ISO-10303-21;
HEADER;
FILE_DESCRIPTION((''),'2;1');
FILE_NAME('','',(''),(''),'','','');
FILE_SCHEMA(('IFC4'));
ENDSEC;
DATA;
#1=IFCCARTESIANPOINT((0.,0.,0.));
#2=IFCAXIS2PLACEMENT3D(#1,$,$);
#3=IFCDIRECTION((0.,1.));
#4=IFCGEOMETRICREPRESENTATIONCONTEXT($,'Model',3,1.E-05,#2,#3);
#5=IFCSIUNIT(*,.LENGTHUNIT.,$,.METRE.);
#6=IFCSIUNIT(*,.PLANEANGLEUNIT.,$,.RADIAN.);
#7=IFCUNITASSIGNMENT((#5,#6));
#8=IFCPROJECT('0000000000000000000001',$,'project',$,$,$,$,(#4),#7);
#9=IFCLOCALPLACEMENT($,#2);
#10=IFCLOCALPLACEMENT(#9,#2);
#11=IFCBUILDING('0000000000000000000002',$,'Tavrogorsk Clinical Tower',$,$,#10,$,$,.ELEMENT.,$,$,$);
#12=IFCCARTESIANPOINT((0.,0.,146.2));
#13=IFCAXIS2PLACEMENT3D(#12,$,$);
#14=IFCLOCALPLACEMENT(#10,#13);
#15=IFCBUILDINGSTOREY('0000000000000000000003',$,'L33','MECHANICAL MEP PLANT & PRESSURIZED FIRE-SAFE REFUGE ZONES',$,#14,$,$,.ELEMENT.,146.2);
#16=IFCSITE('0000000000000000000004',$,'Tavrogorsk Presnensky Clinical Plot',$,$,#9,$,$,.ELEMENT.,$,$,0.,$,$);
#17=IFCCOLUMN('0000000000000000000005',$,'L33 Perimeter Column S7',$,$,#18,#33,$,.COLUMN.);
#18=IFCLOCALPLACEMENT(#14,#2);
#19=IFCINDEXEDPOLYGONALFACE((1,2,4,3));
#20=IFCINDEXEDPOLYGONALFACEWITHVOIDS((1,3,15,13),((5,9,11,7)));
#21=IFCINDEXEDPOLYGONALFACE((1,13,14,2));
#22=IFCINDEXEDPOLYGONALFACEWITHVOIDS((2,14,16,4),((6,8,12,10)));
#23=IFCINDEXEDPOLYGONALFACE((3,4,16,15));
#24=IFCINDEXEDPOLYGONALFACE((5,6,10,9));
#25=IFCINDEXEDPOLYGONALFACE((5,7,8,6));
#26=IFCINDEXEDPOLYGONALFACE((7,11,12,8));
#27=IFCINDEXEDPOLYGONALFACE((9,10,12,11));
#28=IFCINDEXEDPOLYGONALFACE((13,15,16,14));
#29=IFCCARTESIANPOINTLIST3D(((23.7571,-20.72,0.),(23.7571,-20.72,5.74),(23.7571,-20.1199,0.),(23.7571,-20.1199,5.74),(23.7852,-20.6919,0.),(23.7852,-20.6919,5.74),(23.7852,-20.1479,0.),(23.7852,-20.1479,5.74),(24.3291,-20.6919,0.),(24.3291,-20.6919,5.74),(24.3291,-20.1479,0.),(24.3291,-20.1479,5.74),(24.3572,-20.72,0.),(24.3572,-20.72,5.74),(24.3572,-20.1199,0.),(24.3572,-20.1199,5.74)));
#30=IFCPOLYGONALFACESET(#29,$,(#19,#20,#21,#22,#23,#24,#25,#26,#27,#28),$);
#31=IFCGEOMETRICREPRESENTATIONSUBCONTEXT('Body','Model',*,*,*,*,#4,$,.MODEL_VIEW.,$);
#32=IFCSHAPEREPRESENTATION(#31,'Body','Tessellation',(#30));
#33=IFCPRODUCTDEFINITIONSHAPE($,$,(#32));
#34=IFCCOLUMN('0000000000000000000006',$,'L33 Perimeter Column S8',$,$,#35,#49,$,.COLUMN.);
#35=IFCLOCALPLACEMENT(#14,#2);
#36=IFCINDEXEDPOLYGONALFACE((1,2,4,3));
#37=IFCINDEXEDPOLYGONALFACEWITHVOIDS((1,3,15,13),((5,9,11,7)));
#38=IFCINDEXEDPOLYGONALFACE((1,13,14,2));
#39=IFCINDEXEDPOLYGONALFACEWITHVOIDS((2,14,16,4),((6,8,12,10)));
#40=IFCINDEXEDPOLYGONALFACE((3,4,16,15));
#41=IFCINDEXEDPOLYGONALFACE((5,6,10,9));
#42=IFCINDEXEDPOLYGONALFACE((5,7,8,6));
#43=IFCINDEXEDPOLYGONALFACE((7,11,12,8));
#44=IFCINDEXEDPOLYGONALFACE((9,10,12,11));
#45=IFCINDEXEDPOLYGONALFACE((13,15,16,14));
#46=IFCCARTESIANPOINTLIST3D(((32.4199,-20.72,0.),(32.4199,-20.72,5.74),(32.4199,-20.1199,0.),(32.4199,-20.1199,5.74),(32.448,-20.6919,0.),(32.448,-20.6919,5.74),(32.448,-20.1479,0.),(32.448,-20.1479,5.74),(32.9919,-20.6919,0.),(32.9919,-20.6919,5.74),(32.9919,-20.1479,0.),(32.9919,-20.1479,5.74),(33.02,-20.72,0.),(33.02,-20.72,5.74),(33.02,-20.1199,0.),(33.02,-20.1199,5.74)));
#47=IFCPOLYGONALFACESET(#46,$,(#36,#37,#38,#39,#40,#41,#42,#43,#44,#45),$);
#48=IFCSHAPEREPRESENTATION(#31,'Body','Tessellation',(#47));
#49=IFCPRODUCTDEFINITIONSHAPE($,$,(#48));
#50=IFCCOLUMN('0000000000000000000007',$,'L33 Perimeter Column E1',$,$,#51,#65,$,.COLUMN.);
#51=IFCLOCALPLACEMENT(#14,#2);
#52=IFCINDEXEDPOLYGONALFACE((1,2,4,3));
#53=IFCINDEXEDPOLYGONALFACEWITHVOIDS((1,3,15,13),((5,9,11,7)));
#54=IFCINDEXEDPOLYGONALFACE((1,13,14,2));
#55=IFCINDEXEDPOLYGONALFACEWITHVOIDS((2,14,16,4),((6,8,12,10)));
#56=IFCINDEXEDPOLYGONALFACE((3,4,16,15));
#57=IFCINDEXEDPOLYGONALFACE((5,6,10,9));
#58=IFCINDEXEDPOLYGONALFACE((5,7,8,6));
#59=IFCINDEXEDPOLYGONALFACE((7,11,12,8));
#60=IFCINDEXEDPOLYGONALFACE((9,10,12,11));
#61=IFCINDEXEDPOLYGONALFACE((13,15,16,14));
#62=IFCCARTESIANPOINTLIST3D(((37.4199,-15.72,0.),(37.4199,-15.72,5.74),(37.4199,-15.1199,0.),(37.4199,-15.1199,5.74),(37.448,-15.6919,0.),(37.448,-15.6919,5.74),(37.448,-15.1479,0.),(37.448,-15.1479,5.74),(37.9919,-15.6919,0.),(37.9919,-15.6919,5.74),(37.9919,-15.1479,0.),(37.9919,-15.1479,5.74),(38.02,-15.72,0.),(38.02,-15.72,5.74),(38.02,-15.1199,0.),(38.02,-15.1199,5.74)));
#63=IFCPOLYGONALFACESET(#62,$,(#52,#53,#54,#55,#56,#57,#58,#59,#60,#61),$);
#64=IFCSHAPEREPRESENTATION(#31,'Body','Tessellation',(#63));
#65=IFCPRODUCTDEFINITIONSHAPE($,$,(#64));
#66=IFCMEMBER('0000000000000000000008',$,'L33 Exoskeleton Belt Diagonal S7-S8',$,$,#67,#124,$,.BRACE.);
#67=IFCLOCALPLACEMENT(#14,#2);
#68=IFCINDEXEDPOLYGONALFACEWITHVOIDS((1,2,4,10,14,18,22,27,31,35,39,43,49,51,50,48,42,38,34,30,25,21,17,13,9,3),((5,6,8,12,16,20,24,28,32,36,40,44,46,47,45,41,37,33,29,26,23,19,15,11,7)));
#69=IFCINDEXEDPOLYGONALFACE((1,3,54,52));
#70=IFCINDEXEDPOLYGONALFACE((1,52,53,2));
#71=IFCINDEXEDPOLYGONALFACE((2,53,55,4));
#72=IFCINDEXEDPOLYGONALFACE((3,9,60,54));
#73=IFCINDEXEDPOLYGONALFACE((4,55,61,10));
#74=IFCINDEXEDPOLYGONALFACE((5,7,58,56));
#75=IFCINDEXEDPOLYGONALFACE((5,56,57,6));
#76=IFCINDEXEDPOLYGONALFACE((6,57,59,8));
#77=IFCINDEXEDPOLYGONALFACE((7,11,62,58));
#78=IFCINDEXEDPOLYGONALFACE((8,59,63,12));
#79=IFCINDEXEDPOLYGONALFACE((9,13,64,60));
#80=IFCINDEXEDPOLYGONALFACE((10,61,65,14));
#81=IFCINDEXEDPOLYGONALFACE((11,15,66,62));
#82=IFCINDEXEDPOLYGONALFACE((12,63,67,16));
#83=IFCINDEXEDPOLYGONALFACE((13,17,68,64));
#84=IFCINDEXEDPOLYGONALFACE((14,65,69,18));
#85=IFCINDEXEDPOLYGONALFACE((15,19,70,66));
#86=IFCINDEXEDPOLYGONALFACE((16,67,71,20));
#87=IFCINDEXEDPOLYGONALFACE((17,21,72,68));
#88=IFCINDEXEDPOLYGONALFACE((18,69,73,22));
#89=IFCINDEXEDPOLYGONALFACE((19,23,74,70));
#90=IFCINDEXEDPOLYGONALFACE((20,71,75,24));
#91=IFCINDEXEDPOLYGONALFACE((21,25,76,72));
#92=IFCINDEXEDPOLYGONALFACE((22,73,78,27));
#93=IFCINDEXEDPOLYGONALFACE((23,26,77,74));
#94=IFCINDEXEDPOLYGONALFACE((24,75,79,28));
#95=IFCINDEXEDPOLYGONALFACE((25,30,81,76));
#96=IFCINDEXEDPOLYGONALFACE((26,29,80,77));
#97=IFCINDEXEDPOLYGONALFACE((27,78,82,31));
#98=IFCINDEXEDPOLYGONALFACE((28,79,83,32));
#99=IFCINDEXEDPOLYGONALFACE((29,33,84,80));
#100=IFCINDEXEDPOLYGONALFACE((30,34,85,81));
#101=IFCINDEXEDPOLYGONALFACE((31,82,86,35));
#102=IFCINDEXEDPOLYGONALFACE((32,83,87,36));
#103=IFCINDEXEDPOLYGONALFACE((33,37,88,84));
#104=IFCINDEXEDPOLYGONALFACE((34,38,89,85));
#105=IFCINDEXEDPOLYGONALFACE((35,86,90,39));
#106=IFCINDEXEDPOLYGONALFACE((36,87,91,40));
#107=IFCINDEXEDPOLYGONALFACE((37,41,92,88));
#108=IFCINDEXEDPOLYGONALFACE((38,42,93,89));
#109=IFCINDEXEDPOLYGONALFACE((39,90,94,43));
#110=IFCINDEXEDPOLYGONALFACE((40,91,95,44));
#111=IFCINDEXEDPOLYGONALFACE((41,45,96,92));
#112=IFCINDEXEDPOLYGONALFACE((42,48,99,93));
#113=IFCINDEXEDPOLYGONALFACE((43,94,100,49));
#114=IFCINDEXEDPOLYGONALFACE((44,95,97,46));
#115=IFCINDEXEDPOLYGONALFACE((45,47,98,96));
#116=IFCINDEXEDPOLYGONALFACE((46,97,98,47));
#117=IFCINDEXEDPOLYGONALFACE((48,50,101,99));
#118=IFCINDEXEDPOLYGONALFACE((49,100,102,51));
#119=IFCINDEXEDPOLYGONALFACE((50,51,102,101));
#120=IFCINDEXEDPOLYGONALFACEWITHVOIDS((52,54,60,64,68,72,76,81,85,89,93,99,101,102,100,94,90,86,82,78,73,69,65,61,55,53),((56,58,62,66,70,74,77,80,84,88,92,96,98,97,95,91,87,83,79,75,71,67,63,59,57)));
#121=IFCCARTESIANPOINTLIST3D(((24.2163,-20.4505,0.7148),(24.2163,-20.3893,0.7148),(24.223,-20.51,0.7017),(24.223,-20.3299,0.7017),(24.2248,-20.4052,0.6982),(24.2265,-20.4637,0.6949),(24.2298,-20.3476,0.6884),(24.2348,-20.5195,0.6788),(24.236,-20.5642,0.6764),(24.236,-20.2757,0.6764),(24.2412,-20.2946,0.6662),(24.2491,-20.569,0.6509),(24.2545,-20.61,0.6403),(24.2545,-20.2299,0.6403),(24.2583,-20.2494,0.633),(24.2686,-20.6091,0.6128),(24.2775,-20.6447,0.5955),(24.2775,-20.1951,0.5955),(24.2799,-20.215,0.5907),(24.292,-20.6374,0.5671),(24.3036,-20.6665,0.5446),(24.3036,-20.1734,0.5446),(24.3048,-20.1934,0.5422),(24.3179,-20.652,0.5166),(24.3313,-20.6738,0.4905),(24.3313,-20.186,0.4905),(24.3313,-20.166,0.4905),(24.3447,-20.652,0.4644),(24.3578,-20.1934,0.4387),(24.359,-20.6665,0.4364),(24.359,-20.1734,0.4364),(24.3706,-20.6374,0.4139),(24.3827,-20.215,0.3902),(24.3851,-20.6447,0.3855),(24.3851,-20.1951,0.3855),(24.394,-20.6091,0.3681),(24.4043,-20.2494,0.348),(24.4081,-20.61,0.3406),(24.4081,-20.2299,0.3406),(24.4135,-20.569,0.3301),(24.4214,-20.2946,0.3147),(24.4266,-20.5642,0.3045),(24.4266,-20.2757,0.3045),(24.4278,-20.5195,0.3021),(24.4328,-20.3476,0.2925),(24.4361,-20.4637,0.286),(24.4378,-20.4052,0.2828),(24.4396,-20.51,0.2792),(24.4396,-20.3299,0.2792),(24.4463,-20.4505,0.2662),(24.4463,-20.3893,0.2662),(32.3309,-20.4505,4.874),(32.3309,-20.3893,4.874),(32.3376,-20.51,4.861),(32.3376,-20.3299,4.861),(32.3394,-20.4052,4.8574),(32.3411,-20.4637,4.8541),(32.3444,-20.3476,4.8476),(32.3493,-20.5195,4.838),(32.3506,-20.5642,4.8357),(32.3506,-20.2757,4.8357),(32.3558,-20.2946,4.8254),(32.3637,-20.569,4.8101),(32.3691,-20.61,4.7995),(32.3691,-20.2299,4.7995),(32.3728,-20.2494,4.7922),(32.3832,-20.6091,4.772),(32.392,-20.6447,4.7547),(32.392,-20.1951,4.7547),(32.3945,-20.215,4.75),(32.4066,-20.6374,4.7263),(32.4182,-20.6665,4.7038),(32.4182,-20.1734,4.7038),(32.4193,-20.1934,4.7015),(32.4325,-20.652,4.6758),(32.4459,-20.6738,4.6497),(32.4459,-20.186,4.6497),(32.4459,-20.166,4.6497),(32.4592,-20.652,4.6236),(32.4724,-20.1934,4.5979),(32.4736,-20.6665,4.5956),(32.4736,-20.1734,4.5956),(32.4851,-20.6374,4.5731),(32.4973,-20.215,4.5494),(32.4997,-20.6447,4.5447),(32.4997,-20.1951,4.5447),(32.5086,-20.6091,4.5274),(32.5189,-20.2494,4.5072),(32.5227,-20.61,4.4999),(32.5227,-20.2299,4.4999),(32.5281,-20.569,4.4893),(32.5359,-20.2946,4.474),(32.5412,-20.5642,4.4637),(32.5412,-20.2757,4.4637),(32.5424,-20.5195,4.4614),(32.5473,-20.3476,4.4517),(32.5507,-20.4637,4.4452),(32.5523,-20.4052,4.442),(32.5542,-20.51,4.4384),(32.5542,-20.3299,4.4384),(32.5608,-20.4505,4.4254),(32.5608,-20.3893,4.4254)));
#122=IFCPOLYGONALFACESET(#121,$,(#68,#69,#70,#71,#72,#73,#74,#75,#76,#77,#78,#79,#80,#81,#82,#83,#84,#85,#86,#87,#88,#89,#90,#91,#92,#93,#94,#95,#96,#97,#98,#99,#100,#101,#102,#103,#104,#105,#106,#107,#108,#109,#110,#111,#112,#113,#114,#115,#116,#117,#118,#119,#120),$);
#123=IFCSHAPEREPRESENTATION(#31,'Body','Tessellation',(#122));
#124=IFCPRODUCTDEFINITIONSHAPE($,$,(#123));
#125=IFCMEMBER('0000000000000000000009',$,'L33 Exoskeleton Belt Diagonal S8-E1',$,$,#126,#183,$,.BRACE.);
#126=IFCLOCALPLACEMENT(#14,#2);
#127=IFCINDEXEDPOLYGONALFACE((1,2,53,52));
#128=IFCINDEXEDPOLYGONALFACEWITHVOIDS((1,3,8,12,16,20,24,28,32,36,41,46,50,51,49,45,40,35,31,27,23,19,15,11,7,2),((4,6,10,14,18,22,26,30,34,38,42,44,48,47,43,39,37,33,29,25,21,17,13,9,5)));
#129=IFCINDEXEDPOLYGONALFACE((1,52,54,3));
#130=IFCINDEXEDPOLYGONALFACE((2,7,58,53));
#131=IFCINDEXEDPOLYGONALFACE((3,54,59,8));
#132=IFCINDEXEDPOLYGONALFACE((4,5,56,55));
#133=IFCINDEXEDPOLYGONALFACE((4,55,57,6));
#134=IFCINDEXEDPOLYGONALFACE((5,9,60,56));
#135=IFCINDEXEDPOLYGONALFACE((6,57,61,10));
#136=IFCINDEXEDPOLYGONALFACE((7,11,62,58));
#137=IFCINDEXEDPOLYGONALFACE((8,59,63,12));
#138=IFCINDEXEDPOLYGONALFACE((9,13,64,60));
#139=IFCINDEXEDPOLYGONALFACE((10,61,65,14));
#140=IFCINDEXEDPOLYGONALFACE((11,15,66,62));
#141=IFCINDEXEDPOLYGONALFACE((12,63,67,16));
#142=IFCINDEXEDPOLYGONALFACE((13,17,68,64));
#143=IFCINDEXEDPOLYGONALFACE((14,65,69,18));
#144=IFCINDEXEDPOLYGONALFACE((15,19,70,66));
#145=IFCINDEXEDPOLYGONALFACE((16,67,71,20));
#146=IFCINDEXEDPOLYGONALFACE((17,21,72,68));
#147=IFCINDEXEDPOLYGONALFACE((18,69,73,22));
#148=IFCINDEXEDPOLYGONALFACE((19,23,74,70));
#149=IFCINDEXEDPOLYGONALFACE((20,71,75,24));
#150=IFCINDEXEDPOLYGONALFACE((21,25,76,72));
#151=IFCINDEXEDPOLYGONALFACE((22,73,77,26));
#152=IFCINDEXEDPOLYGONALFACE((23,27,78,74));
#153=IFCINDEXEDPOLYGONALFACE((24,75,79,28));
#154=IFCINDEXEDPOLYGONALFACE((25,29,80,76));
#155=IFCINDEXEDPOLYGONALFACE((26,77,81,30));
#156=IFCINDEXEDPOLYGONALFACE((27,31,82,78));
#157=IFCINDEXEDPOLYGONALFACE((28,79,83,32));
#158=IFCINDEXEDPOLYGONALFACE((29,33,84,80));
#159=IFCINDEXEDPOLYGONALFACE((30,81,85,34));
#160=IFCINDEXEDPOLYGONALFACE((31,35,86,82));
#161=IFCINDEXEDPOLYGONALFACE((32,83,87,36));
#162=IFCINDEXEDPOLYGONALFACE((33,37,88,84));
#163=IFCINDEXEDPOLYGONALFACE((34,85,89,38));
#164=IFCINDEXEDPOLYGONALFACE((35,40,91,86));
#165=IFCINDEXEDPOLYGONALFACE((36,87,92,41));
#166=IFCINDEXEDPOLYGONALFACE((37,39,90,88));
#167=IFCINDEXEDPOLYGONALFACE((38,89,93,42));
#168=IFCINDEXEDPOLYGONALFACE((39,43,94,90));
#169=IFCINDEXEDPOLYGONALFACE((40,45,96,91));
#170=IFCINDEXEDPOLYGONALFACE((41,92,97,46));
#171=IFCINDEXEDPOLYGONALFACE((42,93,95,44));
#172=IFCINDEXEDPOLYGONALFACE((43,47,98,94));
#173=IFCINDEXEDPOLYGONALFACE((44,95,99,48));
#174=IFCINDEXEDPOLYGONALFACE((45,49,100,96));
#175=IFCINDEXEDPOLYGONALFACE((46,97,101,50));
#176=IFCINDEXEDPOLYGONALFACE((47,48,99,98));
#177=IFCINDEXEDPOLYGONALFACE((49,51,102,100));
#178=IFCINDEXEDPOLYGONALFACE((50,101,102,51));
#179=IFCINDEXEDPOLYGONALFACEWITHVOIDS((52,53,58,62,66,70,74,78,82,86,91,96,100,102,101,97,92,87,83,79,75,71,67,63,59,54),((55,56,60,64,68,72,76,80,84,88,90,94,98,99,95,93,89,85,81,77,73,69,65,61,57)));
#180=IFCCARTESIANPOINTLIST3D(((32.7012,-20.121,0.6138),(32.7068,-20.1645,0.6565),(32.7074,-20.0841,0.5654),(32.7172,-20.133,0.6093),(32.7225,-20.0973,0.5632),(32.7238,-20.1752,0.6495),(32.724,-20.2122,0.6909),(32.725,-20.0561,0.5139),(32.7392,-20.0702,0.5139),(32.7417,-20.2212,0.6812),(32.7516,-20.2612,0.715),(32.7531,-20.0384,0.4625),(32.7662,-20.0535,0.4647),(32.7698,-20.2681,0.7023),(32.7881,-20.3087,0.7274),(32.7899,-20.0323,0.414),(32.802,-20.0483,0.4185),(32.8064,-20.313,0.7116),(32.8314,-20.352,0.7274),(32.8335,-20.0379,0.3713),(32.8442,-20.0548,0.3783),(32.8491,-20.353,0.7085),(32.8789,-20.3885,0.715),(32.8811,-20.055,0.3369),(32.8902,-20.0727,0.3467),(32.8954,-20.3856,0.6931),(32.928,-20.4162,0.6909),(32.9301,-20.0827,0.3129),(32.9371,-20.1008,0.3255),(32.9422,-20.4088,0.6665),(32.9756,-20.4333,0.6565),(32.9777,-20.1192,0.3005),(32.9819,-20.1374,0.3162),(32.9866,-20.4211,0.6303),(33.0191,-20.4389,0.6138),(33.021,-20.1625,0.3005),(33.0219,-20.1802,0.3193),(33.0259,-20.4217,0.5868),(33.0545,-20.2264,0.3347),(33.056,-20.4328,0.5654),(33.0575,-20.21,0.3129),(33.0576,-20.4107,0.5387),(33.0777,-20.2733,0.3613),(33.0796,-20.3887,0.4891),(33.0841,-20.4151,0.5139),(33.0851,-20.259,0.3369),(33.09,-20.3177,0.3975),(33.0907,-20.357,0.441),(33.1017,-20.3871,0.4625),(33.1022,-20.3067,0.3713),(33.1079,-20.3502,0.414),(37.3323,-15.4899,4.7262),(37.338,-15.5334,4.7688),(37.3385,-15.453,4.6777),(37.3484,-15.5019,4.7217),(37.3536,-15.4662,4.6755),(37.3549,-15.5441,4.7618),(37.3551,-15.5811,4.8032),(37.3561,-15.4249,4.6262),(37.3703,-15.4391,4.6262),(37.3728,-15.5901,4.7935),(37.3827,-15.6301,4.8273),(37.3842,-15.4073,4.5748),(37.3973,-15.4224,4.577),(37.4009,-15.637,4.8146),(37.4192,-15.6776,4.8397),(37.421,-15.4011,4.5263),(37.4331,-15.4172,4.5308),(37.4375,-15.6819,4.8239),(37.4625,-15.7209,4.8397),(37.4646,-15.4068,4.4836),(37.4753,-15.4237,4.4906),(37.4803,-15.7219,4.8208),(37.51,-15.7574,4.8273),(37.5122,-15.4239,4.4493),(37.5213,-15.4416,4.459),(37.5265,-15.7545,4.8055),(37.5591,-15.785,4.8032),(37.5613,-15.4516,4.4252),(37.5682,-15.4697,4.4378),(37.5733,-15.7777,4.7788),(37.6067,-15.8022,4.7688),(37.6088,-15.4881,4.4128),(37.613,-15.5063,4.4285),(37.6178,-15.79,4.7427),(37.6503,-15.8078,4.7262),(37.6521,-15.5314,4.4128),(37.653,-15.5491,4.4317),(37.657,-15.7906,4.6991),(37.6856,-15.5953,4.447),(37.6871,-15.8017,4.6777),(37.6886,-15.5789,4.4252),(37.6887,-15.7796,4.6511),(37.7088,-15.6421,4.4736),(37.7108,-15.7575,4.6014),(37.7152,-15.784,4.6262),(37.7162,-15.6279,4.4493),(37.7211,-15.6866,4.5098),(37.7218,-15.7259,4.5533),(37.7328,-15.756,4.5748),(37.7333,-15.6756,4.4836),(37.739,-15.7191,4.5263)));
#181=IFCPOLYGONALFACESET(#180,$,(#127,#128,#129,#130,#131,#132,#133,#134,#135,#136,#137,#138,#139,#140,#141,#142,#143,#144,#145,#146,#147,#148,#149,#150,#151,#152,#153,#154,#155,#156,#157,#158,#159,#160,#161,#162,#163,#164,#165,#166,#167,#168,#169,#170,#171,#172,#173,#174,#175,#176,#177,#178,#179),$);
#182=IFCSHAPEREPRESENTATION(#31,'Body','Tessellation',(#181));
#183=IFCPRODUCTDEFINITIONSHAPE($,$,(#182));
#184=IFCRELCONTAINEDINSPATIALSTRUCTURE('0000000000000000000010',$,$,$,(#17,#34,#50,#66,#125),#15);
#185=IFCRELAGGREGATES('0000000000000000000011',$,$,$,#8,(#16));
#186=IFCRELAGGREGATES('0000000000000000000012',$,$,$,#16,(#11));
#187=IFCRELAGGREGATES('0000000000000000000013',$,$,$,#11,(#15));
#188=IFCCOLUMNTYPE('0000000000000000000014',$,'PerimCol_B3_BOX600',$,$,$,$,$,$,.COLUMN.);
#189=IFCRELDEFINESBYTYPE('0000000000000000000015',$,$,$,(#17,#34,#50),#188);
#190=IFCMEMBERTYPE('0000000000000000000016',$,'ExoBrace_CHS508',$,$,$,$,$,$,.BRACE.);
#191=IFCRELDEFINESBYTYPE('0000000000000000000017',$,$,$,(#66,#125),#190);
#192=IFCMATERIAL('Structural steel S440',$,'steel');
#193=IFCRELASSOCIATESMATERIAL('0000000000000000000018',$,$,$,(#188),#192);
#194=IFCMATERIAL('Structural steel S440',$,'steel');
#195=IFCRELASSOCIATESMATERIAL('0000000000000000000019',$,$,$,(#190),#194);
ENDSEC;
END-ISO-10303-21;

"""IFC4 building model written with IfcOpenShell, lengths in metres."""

from ifc_helpers import new_model, si_unit, direction, frame, origin, origin_2d, place, context, subcontext, project, spatial, hollow_rectangle, hollow_circle, extrude, material, material_profile, profile_set, type_object, element, save


model = new_model("IFC4")

# Units and contexts
model_context = context("Model", 3, precision=1e-05, world=origin(), true_north=direction((0.0, 1.0)))
body_context = subcontext(model_context, "Body", "Model", "MODEL_VIEW")
ifc_project = project(units=[si_unit("LENGTHUNIT", "METRE"), si_unit("PLANEANGLEUNIT", "RADIAN")], contexts=[model_context])

# Site, building, storey
site_placement = place(None, origin())
site = spatial("IfcSite", under=ifc_project, at=site_placement, Name="Tavrogorsk Presnensky Clinical Plot", CompositionType="ELEMENT", RefElevation=0.0)
building_placement = place(site_placement, origin())
building = spatial("IfcBuilding", under=site, at=building_placement, Name="Tavrogorsk Clinical Tower", CompositionType="ELEMENT")
storey_placement = place(building_placement, frame((0.0, 0.0, 146.2)))
storey = spatial("IfcBuildingStorey", under=building, at=storey_placement, Name="L33", Description="MECHANICAL MEP PLANT & PRESSURIZED FIRE-SAFE REFUGE ZONES", CompositionType="ELEMENT", Elevation=146.2)

# Columns
ifc_material_1 = material(Name="Structural steel S440", Category="steel")
ifc_material_profile_1 = material_profile(ifc_material_1, hollow_rectangle(XDim=0.6001, YDim=0.6001, WallThickness=0.0281, at=origin_2d()), Name="BOX-600x600x28")
ifc_profile_set_1 = profile_set([ifc_material_profile_1], Name="Structural steel S440")
column_type = type_object("IfcColumnType", Name="PerimCol_B3_BOX600", PredefinedType="COLUMN", material=ifc_profile_set_1)
for number, where, z_axis, x_axis, name in (
    (1, (24.0571, -20.4199, 0.0), (0.0, 0.0, 1.0), (1.0, 0.0, 0.0), "L33 Perimeter Column S7"),
    (2, (32.72, -20.4199, 0.0), (0.0, 0.0, 1.0), (1.0, 0.0, 0.0), "L33 Perimeter Column S8"),
    (3, (37.72, -15.4199, 0.0), (0.0, 0.0, 1.0), (1.0, 0.0, 0.0), "L33 Perimeter Column E1"),
):
    element("IfcColumn", number, at=place(storey_placement, frame(where, z_axis=z_axis, x_axis=x_axis)), inside=storey, type_object=column_type, Name=name, PredefinedType="COLUMN", context=body_context, shape_type="SweptSolid", body=[
        extrude(hollow_rectangle(XDim=0.6001, YDim=0.6001, WallThickness=0.0281, at=origin_2d()), origin(), (0.0, 0.0, 1.0), 5.74),
    ])

# Members
ifc_material_2 = material(Name="Structural steel S440", Category="steel")
ifc_material_profile_2 = material_profile(ifc_material_2, hollow_circle(Radius=0.2539, WallThickness=0.02, at=origin_2d()), Name="CHS-508x20")
ifc_profile_set_2 = profile_set([ifc_material_profile_2], Name="Structural steel S440")
member_type = type_object("IfcMemberType", Name="ExoBrace_CHS508", PredefinedType="BRACE", material=ifc_profile_set_2)
member_1_placement = place(storey_placement, frame((24.3313, -20.4199, 0.4905), z_axis=(0.889911, 0.0, 0.456134), x_axis=(0.0, 1.0, 0.0)))
element("IfcMember", 4, at=member_1_placement, inside=storey, type_object=member_type, Name="L33 Exoskeleton Belt Diagonal S7-S8", PredefinedType="BRACE", context=body_context, shape_type="SweptSolid", body=[
    extrude(hollow_circle(Radius=0.2539, WallThickness=0.02, at=origin_2d()), origin(), (0.0, 0.0, 1.0), 9.1184),
])
member_2_placement = place(storey_placement, frame((32.9045, -20.2356, 0.5139), z_axis=(0.598845, 0.598845, 0.53176), x_axis=(-0.707107, 0.707107, 0.0)))
element("IfcMember", 5, at=member_2_placement, inside=storey, type_object=member_type, Name="L33 Exoskeleton Belt Diagonal S8-E1", PredefinedType="BRACE", context=body_context, shape_type="SweptSolid", body=[
    extrude(hollow_circle(Radius=0.2539, WallThickness=0.02, at=origin_2d()), origin(), (0.0, 0.0, 1.0), 7.7334),
])

save(model, "model.ifc")
